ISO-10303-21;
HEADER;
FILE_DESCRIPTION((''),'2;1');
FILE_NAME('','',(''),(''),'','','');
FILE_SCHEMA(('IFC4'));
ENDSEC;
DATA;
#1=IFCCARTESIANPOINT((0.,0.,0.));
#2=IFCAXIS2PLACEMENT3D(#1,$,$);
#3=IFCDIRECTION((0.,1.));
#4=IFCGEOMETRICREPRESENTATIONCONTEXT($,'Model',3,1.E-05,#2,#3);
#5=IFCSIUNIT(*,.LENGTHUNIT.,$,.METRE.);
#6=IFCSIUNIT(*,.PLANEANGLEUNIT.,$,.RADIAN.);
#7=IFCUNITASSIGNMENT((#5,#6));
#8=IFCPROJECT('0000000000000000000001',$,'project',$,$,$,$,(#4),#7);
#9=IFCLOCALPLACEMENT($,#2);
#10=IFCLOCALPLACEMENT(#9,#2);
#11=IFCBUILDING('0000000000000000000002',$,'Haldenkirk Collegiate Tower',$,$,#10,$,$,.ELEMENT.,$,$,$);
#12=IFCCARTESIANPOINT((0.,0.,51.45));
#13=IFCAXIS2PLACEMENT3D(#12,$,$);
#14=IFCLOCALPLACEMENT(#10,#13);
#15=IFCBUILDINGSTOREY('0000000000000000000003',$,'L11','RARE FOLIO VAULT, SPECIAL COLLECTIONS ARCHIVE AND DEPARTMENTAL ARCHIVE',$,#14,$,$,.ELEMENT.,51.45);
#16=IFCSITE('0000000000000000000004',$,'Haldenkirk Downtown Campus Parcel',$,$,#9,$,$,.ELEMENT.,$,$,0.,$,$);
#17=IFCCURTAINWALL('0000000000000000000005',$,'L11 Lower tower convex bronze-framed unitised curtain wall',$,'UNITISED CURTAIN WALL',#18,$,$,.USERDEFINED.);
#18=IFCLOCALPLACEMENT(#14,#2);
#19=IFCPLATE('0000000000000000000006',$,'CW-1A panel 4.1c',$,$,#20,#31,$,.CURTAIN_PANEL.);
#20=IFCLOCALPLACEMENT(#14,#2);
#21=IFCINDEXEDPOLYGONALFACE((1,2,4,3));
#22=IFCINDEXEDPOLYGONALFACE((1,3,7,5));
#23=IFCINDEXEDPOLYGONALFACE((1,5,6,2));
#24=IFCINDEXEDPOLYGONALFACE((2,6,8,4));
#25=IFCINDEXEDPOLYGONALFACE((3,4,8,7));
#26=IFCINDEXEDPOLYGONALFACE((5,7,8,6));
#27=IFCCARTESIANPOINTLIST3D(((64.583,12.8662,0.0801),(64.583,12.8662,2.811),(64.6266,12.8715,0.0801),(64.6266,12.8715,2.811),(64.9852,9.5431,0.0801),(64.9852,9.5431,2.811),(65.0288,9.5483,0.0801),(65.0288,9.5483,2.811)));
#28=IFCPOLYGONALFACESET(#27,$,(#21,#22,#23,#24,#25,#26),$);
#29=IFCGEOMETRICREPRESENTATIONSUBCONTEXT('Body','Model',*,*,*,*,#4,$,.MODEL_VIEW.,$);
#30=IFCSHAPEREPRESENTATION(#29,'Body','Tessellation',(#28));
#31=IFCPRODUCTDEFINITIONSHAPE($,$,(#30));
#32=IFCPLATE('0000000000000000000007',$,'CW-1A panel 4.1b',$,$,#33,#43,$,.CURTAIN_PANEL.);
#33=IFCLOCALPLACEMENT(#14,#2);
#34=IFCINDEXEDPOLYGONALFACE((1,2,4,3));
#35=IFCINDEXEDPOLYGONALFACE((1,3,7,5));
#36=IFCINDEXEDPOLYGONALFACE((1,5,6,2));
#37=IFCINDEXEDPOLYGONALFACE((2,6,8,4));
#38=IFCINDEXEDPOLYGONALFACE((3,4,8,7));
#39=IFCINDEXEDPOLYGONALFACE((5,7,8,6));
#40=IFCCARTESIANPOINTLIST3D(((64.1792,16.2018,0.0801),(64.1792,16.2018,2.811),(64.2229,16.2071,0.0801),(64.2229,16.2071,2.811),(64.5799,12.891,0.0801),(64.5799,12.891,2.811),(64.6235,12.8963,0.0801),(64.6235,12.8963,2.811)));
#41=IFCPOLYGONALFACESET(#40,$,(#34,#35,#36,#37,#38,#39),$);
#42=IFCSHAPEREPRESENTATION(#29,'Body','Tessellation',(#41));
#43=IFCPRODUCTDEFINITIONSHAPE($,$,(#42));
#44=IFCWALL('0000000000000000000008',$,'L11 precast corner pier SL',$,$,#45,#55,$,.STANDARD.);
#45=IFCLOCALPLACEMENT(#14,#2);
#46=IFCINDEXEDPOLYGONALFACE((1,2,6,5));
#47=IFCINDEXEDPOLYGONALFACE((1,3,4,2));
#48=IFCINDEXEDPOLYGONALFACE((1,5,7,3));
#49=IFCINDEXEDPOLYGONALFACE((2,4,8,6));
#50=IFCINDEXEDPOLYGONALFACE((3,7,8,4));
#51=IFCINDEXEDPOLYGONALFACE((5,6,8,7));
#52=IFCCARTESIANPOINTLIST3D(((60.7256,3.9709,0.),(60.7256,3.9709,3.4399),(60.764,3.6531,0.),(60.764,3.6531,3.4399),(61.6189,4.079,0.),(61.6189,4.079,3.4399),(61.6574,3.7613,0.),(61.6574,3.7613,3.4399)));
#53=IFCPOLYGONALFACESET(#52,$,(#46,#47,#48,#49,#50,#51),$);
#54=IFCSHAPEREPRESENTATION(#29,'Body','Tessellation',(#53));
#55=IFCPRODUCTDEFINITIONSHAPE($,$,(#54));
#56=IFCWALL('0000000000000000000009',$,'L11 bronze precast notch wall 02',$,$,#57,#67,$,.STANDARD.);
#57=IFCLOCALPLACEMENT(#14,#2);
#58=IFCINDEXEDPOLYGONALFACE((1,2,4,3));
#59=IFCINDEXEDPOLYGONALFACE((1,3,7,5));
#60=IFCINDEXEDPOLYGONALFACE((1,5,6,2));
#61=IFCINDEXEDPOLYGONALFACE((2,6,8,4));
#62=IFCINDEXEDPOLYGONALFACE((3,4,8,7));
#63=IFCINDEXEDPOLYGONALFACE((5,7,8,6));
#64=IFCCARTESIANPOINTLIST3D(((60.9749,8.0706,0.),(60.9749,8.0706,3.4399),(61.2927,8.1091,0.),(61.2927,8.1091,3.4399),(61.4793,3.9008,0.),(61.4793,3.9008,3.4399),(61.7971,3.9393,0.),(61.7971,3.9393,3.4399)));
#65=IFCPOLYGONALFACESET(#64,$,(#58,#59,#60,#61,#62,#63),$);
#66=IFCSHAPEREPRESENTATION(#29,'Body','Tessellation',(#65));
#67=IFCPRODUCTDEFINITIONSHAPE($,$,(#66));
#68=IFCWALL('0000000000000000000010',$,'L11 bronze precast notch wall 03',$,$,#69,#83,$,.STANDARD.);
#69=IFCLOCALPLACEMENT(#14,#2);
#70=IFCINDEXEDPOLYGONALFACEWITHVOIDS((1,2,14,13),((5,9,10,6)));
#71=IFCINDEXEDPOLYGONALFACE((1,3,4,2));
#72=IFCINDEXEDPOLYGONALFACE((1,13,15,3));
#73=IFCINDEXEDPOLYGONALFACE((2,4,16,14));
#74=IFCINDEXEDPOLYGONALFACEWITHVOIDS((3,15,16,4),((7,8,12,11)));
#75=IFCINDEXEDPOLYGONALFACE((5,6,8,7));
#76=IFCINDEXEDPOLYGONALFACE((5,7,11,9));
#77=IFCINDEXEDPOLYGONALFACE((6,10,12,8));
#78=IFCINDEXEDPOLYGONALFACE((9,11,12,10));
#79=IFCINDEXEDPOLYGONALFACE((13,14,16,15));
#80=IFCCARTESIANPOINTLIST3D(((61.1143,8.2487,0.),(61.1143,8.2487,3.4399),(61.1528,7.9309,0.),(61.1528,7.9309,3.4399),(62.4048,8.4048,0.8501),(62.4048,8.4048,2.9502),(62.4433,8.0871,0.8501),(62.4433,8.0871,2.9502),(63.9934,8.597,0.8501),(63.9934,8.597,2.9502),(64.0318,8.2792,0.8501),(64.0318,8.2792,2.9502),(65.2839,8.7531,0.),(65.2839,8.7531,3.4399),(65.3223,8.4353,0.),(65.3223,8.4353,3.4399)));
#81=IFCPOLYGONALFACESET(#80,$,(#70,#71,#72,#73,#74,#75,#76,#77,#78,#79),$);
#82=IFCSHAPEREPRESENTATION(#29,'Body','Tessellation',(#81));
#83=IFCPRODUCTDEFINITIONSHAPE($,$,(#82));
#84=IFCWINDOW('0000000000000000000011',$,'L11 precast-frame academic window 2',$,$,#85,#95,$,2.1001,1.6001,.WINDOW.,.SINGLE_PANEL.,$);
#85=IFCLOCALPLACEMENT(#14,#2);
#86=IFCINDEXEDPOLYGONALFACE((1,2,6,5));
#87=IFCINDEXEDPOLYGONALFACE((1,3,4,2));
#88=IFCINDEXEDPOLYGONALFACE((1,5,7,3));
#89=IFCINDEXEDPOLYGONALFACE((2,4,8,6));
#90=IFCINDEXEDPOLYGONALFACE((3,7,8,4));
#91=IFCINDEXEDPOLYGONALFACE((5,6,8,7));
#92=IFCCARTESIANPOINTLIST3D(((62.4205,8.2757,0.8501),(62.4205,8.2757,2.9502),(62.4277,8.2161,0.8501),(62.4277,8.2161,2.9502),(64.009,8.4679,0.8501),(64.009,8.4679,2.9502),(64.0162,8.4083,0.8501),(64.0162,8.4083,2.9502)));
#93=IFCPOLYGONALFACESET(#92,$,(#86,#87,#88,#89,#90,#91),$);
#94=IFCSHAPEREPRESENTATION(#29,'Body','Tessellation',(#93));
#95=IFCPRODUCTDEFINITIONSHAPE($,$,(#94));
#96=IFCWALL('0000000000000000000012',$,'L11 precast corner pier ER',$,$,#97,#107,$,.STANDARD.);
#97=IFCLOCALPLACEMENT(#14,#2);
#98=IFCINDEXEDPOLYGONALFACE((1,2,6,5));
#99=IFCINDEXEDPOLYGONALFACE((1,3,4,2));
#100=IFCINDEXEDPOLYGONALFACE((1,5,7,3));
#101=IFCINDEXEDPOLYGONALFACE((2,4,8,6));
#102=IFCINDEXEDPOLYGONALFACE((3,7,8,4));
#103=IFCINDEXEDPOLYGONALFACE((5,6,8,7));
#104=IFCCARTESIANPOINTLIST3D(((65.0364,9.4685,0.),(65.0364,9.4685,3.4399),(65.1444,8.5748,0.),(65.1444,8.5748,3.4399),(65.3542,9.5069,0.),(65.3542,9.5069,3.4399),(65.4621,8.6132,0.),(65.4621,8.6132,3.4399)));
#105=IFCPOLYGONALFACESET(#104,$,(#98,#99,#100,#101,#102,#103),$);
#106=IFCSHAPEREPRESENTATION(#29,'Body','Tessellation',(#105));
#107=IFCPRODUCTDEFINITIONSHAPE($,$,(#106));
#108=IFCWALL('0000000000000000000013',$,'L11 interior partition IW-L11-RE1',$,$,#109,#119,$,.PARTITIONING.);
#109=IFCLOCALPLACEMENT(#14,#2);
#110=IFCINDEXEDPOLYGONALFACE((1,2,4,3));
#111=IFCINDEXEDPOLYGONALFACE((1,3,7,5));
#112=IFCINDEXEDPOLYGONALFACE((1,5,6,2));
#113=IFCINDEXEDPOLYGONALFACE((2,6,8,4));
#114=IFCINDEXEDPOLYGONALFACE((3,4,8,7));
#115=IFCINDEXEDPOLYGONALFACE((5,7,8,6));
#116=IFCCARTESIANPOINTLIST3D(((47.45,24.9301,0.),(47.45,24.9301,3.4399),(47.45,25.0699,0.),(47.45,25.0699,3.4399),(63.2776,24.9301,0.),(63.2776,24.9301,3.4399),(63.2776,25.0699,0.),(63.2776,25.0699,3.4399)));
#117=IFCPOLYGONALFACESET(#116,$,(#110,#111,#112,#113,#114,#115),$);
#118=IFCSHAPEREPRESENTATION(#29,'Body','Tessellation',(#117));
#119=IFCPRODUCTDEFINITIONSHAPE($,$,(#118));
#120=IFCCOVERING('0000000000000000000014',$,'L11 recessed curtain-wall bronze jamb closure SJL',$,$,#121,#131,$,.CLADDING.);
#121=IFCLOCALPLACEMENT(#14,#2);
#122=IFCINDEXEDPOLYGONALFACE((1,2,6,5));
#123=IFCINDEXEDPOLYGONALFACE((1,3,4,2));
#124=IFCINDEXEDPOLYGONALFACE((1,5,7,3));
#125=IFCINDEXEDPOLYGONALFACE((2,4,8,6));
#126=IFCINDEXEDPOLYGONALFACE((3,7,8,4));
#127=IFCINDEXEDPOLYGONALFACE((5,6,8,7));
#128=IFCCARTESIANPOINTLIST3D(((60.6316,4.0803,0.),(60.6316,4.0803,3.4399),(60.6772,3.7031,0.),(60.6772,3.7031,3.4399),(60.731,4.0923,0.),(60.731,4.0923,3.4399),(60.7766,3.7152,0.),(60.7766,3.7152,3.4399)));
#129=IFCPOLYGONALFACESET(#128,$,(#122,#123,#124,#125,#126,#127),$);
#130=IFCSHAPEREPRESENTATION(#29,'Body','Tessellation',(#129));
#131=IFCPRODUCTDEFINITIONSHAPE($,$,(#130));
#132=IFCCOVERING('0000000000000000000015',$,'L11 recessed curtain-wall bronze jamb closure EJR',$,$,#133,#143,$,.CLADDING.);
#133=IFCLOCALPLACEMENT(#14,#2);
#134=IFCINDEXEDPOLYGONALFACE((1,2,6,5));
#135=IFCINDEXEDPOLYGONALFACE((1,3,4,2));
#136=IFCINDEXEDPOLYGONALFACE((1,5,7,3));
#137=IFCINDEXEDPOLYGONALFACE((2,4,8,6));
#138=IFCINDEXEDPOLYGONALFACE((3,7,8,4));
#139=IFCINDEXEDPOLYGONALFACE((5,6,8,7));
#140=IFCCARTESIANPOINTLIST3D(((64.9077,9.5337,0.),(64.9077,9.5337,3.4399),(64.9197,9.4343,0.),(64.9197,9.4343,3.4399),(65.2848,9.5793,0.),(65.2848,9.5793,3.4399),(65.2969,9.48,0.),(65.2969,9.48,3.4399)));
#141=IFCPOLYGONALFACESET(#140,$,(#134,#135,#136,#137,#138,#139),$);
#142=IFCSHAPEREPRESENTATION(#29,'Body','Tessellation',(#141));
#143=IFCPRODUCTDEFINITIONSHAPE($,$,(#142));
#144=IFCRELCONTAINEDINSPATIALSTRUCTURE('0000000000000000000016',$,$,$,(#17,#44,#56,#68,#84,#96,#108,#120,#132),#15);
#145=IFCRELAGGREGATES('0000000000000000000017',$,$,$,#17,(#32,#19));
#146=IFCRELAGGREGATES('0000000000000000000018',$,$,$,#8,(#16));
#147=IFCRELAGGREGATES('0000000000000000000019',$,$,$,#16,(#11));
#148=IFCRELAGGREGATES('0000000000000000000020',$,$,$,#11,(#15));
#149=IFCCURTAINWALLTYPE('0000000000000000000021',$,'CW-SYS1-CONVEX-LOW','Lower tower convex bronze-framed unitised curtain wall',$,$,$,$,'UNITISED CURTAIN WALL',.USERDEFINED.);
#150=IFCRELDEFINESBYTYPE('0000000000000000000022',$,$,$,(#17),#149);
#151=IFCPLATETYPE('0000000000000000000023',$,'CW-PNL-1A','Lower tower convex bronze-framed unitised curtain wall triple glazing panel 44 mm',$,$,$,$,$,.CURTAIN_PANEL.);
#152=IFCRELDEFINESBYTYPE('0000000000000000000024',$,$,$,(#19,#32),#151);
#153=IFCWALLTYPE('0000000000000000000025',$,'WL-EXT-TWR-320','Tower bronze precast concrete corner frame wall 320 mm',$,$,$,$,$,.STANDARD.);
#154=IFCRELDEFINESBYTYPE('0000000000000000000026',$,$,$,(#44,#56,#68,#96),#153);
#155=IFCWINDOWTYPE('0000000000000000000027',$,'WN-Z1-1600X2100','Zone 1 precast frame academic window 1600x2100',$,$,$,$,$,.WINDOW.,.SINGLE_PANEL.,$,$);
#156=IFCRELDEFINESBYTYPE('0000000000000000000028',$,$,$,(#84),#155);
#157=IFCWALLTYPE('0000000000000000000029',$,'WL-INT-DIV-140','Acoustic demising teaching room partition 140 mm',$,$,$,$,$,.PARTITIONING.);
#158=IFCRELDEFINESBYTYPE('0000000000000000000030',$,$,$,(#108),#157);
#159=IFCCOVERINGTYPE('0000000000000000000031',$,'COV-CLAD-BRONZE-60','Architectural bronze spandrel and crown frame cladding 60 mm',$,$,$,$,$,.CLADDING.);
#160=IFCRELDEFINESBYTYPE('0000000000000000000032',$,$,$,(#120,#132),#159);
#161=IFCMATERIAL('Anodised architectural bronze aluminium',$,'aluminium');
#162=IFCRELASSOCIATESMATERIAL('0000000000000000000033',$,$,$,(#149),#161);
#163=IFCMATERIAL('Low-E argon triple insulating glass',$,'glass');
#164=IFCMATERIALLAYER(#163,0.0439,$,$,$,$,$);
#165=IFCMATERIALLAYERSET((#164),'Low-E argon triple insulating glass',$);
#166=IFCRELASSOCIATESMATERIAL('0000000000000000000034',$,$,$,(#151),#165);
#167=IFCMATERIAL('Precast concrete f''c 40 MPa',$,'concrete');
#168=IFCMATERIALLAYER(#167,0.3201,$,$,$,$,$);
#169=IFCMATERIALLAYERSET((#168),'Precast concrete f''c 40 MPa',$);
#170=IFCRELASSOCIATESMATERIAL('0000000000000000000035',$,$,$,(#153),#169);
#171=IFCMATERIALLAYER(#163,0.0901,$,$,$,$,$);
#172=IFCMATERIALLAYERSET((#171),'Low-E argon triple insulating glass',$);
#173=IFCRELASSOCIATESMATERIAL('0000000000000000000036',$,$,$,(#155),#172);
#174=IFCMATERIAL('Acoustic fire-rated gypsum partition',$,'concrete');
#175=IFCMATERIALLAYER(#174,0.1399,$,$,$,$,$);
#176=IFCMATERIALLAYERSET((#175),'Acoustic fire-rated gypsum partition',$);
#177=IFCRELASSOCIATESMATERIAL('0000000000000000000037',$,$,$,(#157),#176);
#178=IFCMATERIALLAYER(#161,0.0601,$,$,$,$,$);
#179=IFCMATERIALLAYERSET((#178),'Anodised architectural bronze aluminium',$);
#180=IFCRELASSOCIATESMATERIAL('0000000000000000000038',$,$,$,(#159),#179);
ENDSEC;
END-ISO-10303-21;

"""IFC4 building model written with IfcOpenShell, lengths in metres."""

from ifc_helpers import new_model, si_unit, direction, frame, frame_2d, origin, origin_2d, place, context, subcontext, project, spatial, rectangle, extrude, source, transform, mapped, material, layer, layer_set, type_object, element, fill, aggregate, save


model = new_model("IFC4")

# Units and contexts
model_context = context("Model", 3, precision=1e-05, world=origin(), true_north=direction((0.0, 1.0)))
body_context = subcontext(model_context, "Body", "Model", "MODEL_VIEW")
ifc_project = project(units=[si_unit("LENGTHUNIT", "METRE"), si_unit("PLANEANGLEUNIT", "RADIAN")], contexts=[model_context])

# Site, building, storey
site_placement = place(None, origin())
site = spatial("IfcSite", under=ifc_project, at=site_placement, Name="Haldenkirk Downtown Campus Parcel", CompositionType="ELEMENT", RefElevation=0.0)
building_placement = place(site_placement, origin())
building = spatial("IfcBuilding", under=site, at=building_placement, Name="Haldenkirk Collegiate Tower", CompositionType="ELEMENT")
storey_placement = place(building_placement, frame((0.0, 0.0, 51.45)))
storey = spatial("IfcBuildingStorey", under=building, at=storey_placement, Name="L11", Description="RARE FOLIO VAULT, SPECIAL COLLECTIONS ARCHIVE AND DEPARTMENTAL ARCHIVE", CompositionType="ELEMENT", Elevation=51.45)

# Curtain wall
ifc_material_1 = material(Name="Anodised architectural bronze aluminium", Category="aluminium")
curtain_wall_type_1 = type_object("IfcCurtainWallType", Name="CW-SYS1-CONVEX-LOW", Description="Lower tower convex bronze-framed unitised curtain wall", ElementType="UNITISED CURTAIN WALL", PredefinedType="USERDEFINED", material=ifc_material_1)
curtain_wall_1_placement = place(storey_placement, origin())
curtain_wall_1 = element("IfcCurtainWall", 1, at=curtain_wall_1_placement, inside=storey, type_object=curtain_wall_type_1, Name="L11 Lower tower convex bronze-framed unitised curtain wall", ObjectType="UNITISED CURTAIN WALL", PredefinedType="USERDEFINED")

# Plates
ifc_material_2 = material(Name="Low-E argon triple insulating glass", Category="glass")
ifc_layer_1 = layer(ifc_material_2, 0.0439)
ifc_layer_set_1 = layer_set([ifc_layer_1], Name="Low-E argon triple insulating glass")
plate_type_1 = type_object("IfcPlateType", Name="CW-PNL-1A", Description="Lower tower convex bronze-framed unitised curtain wall triple glazing panel 44 mm", PredefinedType="CURTAIN_PANEL", material=ifc_layer_set_1)
shared_shape_1 = source(origin(), body_context, "Body", "SweptSolid", [
    extrude(rectangle(XDim=3.3474, YDim=0.0439, at=origin_2d()), origin(), (0.0, 0.0, 1.0), 2.731),
])
plate_1_placement = place(storey_placement, frame((64.8059, 11.2073, 0.0801), z_axis=(0.0, 0.0, 1.0), x_axis=(0.120137, -0.992757, 0.0)))
plate_1 = element("IfcPlate", 2, at=plate_1_placement, type_object=plate_type_1, Name="CW-1A panel 4.1c", PredefinedType="CURTAIN_PANEL", context=body_context, shape_type="MappedRepresentation", body=[
    mapped(shared_shape_1, transform((0.0, 0.0, 0.0), x_axis=(1.0, 0.0, 0.0), y_axis=(0.0, 1.0, 0.0), z_axis=(0.0, 0.0, 1.0), scale=1.0)),
])
shared_shape_2 = source(origin(), body_context, "Body", "SweptSolid", [
    extrude(rectangle(XDim=3.335, YDim=0.0439, at=origin_2d()), origin(), (0.0, 0.0, 1.0), 2.731),
])
plate_2_placement = place(storey_placement, frame((64.4014, 14.5491, 0.0801), z_axis=(0.0, 0.0, 1.0), x_axis=(0.120137, -0.992757, 0.0)))
plate_2 = element("IfcPlate", 3, at=plate_2_placement, type_object=plate_type_1, Name="CW-1A panel 4.1b", PredefinedType="CURTAIN_PANEL", context=body_context, shape_type="MappedRepresentation", body=[
    mapped(shared_shape_2, transform((0.0, 0.0, 0.0), x_axis=(1.0, 0.0, 0.0), y_axis=(0.0, 1.0, 0.0), z_axis=(0.0, 0.0, 1.0), scale=1.0)),
])
aggregate(curtain_wall_1, [plate_2, plate_1])

# Walls
ifc_material_3 = material(Name="Precast concrete f'c 40 MPa", Category="concrete")
ifc_layer_2 = layer(ifc_material_3, 0.3201)
ifc_layer_set_2 = layer_set([ifc_layer_2], Name="Precast concrete f'c 40 MPa")
wall_type_1 = type_object("IfcWallType", Name="WL-EXT-TWR-320", Description="Tower bronze precast concrete corner frame wall 320 mm", PredefinedType="STANDARD", material=ifc_layer_set_2)
wall_1_placement = place(storey_placement, frame((61.6382, 3.9202, 0.0), z_axis=(0.0, 0.0, 1.0), x_axis=(-0.99275, -0.120194, 0.0)))
element("IfcWall", 4, at=wall_1_placement, inside=storey, type_object=wall_type_1, Name="L11 precast corner pier SL", PredefinedType="STANDARD", context=body_context, shape_type="SweptSolid", body=[
    extrude(rectangle(XDim=0.8999, YDim=0.3201, at=frame_2d((0.45, 0.0))), origin(), (0.0, 0.0, 1.0), 3.4399),
])
wall_2_placement = place(storey_placement, frame((61.1338, 8.0898, 0.0), z_axis=(0.0, 0.0, 1.0), x_axis=(0.120092, -0.992763, 0.0)))
element("IfcWall", 5, at=wall_2_placement, inside=storey, type_object=wall_type_1, Name="L11 bronze precast notch wall 02", PredefinedType="STANDARD", context=body_context, shape_type="SweptSolid", body=[
    extrude(rectangle(XDim=4.2002, YDim=0.3201, at=frame_2d((2.1001, 0.0))), origin(), (0.0, 0.0, 1.0), 3.4399),
])

# Wall, opening, window
wall_3_placement = place(storey_placement, frame((65.3032, 8.5942, 0.0), z_axis=(0.0, 0.0, 1.0), x_axis=(-0.992762, -0.120099, 0.0)))
wall_3 = element("IfcWall", 6, at=wall_3_placement, inside=storey, type_object=wall_type_1, Name="L11 bronze precast notch wall 03", PredefinedType="STANDARD", context=body_context, shape_type="SweptSolid", body=[
    extrude(rectangle(XDim=4.2, YDim=0.3201, at=frame_2d((2.1001, 0.0))), origin(), (0.0, 0.0, 1.0), 3.4399),
])
opening_placement = place(wall_3_placement, frame((1.3, 0.0, 0.8501)))
opening = element("IfcOpeningElement", 7, at=opening_placement, cuts=wall_3, PredefinedType="OPENING", context=body_context, shape_type="SweptSolid", body=[
    extrude(rectangle(XDim=1.6001, YDim=2.1001, at=frame_2d((0.8, 1.05))), frame((0.0, 0.1699, 0.0), z_axis=(0.0, -1.0, 0.0), x_axis=(1.0, 0.0, 0.0)), (0.0, 0.0, 1.0), 0.3401),
])
ifc_layer_3 = layer(ifc_material_2, 0.0901)
ifc_layer_set_3 = layer_set([ifc_layer_3], Name="Low-E argon triple insulating glass")
window_type = type_object("IfcWindowType", Name="WN-Z1-1600X2100", Description="Zone 1 precast frame academic window 1600x2100", PartitioningType="SINGLE_PANEL", PredefinedType="WINDOW", material=ifc_layer_set_3)
window_placement = place(opening_placement, origin())
window = element("IfcWindow", 8, at=window_placement, inside=storey, type_object=window_type, Name="L11 precast-frame academic window 2", OverallHeight=2.1001, OverallWidth=1.6001, PartitioningType="SINGLE_PANEL", PredefinedType="WINDOW", context=body_context, shape_type="SweptSolid", body=[
    extrude(rectangle(XDim=1.6001, YDim=2.1001, at=frame_2d((0.8, 1.05))), frame((0.0, 0.03, 0.0), z_axis=(0.0, -1.0, 0.0), x_axis=(1.0, 0.0, 0.0)), (0.0, 0.0, 1.0), 0.0601),
])
fill(opening, window)

# Walls
wall_4_placement = place(storey_placement, frame((65.1953, 9.4878, 0.0), z_axis=(0.0, 0.0, 1.0), x_axis=(0.119894, -0.992787, 0.0)))
element("IfcWall", 9, at=wall_4_placement, inside=storey, type_object=wall_type_1, Name="L11 precast corner pier ER", PredefinedType="STANDARD", context=body_context, shape_type="SweptSolid", body=[
    extrude(rectangle(XDim=0.9001, YDim=0.3201, at=frame_2d((0.4502, 0.0))), origin(), (0.0, 0.0, 1.0), 3.4399),
])
ifc_material_4 = material(Name="Acoustic fire-rated gypsum partition", Category="concrete")
ifc_layer_4 = layer(ifc_material_4, 0.1399)
ifc_layer_set_4 = layer_set([ifc_layer_4], Name="Acoustic fire-rated gypsum partition")
wall_type_2 = type_object("IfcWallType", Name="WL-INT-DIV-140", Description="Acoustic demising teaching room partition 140 mm", PredefinedType="PARTITIONING", material=ifc_layer_set_4)
wall_5_placement = place(storey_placement, frame((47.45, 25.0, 0.0), z_axis=(0.0, 0.0, 1.0), x_axis=(1.0, 0.0, 0.0)))
element("IfcWall", 10, at=wall_5_placement, inside=storey, type_object=wall_type_2, Name="L11 interior partition IW-L11-RE1", PredefinedType="PARTITIONING", context=body_context, shape_type="SweptSolid", body=[
    extrude(rectangle(XDim=15.8276, YDim=0.1399, at=frame_2d((7.9138, 0.0))), origin(), (0.0, 0.0, 1.0), 3.4399),
])

# Coverings
ifc_layer_5 = layer(ifc_material_1, 0.0601)
ifc_layer_set_5 = layer_set([ifc_layer_5], Name="Anodised architectural bronze aluminium")
covering_type = type_object("IfcCoveringType", Name="COV-CLAD-BRONZE-60", Description="Architectural bronze spandrel and crown frame cladding 60 mm", PredefinedType="CLADDING", material=ifc_layer_set_5)
shared_shape_3 = source(origin(), body_context, "Body", "SweptSolid", [
    extrude(rectangle(XDim=0.1001, YDim=0.3799, at=origin_2d()), origin(), (0.0, 0.0, 1.0), 3.4399),
])
for number, where, z_axis, x_axis, name in (
    (11, (60.7041, 3.8977, 0.0), (0.0, 0.0, 1.0), (-0.992757, -0.120137, 0.0), "L11 recessed curtain-wall bronze jamb closure SJL"),
    (12, (65.1023, 9.5068, 0.0), (0.0, 0.0, 1.0), (0.120137, -0.992757, 0.0), "L11 recessed curtain-wall bronze jamb closure EJR"),
):
    element("IfcCovering", number, at=place(storey_placement, frame(where, z_axis=z_axis, x_axis=x_axis)), inside=storey, type_object=covering_type, Name=name, PredefinedType="CLADDING", context=body_context, shape_type="MappedRepresentation", body=[
        mapped(shared_shape_3, transform((0.0, 0.0, 0.0), x_axis=(1.0, 0.0, 0.0), y_axis=(0.0, 1.0, 0.0), z_axis=(0.0, 0.0, 1.0), scale=1.0)),
    ])

save(model, "model.ifc")
